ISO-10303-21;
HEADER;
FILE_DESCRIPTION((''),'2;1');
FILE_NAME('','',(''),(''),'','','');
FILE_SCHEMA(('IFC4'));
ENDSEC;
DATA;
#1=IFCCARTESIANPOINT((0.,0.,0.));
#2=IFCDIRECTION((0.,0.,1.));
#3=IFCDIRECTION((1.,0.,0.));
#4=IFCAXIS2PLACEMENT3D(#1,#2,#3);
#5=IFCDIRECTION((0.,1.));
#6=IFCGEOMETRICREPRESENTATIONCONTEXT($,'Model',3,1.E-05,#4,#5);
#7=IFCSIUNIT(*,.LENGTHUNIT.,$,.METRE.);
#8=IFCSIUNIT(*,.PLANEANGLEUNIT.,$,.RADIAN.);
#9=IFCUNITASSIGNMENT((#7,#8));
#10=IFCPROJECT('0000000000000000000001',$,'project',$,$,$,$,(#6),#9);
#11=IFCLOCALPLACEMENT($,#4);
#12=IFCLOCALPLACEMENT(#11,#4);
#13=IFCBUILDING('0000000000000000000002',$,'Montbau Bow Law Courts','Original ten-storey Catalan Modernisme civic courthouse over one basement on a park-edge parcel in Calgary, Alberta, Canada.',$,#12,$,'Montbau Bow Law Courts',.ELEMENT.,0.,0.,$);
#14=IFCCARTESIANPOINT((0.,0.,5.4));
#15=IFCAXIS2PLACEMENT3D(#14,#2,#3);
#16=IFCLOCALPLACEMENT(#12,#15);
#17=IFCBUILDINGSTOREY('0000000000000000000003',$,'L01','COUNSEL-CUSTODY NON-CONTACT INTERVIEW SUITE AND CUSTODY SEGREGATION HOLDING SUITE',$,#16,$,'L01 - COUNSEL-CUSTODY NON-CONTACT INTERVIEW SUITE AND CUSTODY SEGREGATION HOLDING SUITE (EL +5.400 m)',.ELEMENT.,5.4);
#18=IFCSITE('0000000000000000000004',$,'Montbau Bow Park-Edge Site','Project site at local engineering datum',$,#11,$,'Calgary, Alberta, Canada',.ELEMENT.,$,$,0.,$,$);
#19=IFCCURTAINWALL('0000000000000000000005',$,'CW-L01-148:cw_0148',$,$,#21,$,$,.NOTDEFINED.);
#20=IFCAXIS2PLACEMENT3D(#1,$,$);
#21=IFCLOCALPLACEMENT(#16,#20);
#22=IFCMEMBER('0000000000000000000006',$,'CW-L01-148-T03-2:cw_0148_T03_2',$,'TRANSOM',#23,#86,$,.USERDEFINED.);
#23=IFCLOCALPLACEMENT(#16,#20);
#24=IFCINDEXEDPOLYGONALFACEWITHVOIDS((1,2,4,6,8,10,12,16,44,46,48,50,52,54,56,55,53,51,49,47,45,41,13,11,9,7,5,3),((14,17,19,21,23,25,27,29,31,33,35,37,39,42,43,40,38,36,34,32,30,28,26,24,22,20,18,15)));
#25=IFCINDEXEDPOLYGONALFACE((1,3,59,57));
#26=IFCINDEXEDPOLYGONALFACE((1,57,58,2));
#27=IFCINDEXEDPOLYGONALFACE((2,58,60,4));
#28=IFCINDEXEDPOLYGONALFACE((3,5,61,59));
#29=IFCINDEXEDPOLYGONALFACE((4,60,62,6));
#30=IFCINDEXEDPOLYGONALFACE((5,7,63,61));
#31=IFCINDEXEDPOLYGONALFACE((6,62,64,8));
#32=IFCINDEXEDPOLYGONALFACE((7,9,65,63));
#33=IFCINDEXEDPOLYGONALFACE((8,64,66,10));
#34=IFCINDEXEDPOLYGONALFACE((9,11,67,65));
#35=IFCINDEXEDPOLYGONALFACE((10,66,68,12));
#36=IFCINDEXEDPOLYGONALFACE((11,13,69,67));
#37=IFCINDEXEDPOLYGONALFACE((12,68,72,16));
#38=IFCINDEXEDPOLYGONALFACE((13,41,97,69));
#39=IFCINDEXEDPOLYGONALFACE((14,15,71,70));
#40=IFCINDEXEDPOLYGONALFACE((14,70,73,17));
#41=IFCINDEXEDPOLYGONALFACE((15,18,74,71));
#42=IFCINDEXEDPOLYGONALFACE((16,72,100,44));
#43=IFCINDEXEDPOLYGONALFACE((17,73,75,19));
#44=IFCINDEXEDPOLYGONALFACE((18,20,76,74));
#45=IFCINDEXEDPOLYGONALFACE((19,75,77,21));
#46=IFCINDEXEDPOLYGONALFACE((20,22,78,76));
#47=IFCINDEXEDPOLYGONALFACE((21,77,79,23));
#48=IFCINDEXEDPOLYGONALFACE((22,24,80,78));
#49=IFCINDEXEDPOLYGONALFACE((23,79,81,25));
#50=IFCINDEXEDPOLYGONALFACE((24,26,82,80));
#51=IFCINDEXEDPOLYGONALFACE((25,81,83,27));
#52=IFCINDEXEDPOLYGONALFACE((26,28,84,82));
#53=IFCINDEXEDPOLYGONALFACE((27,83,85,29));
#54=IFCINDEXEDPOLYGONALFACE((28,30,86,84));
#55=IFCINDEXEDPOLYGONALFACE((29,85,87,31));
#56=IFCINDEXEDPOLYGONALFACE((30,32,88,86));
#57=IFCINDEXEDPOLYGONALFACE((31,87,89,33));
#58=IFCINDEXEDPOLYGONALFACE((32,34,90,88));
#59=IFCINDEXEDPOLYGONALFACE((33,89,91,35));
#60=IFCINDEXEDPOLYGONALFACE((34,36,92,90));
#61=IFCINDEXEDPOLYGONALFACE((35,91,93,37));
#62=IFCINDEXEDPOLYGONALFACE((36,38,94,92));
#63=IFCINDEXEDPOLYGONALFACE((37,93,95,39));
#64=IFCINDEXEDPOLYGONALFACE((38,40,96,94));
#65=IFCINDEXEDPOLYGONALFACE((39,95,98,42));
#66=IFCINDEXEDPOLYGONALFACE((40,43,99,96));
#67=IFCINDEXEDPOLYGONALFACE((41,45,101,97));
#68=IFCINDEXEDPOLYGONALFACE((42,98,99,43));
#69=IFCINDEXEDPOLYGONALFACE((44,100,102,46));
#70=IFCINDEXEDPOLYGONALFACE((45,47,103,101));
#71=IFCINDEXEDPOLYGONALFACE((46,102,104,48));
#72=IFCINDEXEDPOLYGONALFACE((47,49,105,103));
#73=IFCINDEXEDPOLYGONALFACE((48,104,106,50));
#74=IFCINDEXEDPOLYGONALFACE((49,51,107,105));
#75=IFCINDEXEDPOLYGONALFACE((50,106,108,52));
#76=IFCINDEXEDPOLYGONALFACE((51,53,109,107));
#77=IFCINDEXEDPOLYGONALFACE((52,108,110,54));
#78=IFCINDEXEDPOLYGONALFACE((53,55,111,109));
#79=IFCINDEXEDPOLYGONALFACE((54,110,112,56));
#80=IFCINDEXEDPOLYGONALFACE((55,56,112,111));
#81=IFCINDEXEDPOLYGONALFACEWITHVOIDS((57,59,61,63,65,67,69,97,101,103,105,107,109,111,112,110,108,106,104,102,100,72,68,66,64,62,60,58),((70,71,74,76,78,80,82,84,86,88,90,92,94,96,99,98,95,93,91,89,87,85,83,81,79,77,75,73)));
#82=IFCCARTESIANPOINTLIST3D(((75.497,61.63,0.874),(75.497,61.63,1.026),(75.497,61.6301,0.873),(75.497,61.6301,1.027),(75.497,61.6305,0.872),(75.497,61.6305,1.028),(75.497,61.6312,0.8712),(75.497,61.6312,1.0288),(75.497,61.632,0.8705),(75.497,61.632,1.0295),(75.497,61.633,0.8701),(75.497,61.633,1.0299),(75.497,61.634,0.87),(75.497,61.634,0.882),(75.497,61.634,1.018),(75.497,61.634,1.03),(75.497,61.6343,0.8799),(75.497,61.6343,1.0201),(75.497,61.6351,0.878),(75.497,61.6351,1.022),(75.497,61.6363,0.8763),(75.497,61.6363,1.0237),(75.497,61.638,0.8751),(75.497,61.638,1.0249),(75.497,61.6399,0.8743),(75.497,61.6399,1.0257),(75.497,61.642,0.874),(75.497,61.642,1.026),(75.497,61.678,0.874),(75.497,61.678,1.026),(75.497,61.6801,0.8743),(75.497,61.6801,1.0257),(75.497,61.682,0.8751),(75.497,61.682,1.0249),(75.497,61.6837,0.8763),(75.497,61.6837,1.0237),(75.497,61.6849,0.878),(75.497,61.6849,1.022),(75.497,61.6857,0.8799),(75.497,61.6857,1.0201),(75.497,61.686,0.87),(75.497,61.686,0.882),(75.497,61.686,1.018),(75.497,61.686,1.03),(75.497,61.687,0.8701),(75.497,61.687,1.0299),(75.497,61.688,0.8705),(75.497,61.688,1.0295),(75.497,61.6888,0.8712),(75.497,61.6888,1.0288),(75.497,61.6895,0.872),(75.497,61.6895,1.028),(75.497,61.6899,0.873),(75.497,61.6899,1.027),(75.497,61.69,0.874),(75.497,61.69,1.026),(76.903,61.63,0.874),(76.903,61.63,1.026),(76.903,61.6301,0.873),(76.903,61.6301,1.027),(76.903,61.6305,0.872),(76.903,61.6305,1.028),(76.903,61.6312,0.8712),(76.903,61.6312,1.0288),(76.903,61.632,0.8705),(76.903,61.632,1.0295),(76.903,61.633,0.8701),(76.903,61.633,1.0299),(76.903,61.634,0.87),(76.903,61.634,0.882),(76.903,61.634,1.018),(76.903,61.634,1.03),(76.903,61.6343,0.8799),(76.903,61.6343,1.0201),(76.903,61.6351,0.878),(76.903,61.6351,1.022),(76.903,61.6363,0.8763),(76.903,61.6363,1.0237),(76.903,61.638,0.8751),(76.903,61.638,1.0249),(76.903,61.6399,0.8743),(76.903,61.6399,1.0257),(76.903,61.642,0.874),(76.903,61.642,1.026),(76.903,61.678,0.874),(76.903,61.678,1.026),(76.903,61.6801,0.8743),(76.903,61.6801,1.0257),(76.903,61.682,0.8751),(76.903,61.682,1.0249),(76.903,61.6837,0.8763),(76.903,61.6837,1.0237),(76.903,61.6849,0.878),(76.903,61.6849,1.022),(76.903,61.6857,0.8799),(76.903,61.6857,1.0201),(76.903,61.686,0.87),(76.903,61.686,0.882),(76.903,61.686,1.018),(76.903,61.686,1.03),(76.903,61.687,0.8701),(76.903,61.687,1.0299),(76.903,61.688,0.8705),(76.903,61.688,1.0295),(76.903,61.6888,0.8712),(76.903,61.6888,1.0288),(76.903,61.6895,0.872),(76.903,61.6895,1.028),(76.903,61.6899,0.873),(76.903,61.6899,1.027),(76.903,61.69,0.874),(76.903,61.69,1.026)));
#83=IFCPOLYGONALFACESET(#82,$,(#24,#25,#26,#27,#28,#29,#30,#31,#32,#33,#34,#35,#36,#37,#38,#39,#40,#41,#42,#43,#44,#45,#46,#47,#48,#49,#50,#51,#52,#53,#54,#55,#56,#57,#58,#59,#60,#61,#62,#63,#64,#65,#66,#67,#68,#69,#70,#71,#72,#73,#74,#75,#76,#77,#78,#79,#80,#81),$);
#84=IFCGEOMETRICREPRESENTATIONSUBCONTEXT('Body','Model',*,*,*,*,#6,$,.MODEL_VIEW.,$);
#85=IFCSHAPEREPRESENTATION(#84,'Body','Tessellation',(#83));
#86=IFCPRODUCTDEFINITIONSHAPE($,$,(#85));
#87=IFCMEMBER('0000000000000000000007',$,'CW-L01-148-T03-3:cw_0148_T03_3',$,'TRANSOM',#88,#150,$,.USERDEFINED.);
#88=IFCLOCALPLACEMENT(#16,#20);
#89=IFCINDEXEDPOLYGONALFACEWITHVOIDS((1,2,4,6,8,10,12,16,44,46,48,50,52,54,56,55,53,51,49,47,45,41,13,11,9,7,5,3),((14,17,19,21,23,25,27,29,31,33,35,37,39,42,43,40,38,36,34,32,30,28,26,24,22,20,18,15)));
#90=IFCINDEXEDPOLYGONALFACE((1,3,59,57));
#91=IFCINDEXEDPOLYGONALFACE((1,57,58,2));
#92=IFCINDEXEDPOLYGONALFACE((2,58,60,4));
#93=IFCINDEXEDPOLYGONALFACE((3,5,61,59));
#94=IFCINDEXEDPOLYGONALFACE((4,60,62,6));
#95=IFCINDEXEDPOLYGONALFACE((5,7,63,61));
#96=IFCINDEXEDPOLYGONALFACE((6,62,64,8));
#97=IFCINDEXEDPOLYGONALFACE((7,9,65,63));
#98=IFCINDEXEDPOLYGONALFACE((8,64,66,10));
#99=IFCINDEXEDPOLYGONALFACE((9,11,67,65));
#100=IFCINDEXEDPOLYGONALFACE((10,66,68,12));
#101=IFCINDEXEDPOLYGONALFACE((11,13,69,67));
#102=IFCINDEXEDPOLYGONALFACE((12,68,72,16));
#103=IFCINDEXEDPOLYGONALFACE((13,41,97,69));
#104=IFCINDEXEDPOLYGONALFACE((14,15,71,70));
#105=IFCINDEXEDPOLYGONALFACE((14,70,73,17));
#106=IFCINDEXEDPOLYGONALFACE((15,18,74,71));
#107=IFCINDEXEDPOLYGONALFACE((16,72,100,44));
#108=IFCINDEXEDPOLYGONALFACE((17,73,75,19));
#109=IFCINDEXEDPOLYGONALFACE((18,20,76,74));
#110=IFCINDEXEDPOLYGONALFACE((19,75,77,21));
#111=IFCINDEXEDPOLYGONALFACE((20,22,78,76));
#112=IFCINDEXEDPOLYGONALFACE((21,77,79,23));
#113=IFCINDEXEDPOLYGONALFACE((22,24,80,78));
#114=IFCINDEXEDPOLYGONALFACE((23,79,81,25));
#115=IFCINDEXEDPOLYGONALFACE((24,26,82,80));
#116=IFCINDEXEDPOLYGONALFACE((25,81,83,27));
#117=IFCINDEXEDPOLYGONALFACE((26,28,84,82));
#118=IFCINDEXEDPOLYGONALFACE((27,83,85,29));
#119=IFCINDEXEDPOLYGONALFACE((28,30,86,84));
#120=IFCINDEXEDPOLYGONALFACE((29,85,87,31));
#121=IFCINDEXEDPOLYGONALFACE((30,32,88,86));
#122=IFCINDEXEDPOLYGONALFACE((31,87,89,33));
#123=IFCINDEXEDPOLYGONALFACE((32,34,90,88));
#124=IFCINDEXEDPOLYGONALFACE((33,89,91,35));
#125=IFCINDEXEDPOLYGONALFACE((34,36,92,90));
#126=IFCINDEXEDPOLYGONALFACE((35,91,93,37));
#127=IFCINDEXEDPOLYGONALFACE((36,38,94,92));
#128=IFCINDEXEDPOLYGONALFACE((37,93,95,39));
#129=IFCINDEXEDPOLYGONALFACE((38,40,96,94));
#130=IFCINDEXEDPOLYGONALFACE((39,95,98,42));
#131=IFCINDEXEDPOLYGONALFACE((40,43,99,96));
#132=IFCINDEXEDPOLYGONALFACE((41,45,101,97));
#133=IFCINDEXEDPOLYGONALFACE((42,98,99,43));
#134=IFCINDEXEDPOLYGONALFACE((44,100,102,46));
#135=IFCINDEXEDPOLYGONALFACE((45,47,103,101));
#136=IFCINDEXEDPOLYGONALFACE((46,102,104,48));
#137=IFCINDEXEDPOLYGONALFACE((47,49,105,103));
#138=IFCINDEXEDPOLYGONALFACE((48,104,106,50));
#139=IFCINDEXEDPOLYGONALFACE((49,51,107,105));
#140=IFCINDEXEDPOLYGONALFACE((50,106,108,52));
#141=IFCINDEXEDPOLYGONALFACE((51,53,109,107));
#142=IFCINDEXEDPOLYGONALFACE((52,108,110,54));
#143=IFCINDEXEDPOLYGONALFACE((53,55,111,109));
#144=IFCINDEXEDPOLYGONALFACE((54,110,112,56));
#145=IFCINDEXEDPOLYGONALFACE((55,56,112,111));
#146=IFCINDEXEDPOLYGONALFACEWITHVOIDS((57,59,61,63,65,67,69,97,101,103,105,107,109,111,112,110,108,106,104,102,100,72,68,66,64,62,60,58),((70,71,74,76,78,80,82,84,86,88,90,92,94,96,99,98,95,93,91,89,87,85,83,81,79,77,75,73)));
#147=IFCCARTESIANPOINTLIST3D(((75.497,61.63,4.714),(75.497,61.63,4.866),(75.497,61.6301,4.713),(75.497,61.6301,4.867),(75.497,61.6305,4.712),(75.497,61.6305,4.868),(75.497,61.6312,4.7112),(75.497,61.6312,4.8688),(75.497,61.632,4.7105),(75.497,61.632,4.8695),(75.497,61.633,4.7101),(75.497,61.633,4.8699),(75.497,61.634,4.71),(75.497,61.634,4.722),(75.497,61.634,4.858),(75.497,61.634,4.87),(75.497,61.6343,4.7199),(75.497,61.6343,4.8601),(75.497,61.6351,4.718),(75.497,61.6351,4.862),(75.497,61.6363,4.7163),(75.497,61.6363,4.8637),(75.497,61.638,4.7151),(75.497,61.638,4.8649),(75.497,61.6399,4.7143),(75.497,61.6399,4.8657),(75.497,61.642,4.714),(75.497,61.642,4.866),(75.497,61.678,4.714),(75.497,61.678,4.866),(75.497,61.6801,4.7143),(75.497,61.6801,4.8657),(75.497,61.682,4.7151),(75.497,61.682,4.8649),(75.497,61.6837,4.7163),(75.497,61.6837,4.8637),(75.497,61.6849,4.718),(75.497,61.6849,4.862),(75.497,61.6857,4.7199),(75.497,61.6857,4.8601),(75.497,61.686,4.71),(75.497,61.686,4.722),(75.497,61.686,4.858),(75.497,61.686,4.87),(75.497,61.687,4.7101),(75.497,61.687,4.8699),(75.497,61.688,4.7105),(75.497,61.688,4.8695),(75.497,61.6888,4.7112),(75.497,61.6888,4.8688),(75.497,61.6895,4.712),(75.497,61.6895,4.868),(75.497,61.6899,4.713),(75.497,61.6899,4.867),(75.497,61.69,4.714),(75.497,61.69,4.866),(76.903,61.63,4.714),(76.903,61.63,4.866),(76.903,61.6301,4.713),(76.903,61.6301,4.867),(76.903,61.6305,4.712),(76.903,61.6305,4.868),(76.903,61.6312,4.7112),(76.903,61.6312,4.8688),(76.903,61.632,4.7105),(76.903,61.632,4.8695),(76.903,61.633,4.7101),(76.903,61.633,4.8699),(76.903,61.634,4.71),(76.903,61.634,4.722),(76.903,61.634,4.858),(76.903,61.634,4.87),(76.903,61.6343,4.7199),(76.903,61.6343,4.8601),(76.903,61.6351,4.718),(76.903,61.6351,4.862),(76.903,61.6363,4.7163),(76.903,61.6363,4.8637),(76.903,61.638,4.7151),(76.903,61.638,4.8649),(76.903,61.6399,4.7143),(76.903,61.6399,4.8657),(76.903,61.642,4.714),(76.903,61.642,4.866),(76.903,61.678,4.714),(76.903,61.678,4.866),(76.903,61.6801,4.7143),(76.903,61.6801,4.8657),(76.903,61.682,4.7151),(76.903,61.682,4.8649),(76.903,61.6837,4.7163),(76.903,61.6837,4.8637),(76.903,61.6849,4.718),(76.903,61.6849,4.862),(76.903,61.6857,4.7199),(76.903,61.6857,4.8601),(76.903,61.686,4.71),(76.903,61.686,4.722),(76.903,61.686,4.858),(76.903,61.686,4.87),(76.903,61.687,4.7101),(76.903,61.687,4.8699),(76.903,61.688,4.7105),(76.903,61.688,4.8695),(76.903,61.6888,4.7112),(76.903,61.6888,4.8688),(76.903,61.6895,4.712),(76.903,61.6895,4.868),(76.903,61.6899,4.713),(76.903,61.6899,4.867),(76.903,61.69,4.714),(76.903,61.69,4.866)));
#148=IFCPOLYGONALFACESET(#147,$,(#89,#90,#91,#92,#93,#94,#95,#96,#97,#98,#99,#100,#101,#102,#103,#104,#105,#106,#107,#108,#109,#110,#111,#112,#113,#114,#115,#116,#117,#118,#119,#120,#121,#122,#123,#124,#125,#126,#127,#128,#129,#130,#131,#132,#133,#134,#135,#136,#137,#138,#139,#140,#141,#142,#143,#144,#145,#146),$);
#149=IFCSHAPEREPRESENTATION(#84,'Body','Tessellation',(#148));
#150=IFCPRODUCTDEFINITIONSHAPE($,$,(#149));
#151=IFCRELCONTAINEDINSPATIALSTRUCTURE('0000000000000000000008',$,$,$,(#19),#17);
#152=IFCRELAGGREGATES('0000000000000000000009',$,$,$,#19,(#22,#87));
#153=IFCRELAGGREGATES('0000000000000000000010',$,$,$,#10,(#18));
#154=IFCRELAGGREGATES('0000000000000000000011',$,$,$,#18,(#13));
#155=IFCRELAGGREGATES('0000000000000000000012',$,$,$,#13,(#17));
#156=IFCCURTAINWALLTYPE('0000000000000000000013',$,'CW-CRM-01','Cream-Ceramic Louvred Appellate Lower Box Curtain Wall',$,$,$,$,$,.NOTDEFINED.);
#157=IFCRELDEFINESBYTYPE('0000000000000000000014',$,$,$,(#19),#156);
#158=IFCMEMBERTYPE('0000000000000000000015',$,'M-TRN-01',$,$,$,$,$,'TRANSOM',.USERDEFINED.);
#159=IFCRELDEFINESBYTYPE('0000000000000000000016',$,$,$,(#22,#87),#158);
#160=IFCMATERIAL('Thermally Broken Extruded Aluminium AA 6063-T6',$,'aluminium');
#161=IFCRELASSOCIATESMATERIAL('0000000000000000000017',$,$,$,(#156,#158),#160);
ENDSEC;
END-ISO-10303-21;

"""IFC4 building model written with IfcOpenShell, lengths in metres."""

from ifc_helpers import new_model, si_unit, direction, frame, origin_with_axes, origin_2d_with_axis, place, context, subcontext, project, spatial, hollow_rectangle, extrude, material, material_profile, profile_set, type_object, element, aggregate, save


model = new_model("IFC4")

# Units and contexts
model_context = context("Model", 3, precision=1e-05, world=origin_with_axes(), true_north=direction((0.0, 1.0)))
body_context = subcontext(model_context, "Body", "Model", "MODEL_VIEW")
ifc_project = project(units=[si_unit("LENGTHUNIT", "METRE"), si_unit("PLANEANGLEUNIT", "RADIAN")], contexts=[model_context])

# Site, building, storey
site_placement = place(None, origin_with_axes())
site = spatial("IfcSite", under=ifc_project, at=site_placement, Name="Montbau Bow Park-Edge Site", Description="Project site at local engineering datum", LongName="Calgary, Alberta, Canada", CompositionType="ELEMENT", RefElevation=0.0)
building_placement = place(site_placement, origin_with_axes())
building = spatial("IfcBuilding", under=site, at=building_placement, Name="Montbau Bow Law Courts", Description="Original ten-storey Catalan Modernisme civic courthouse over one basement on a park-edge parcel in Calgary, Alberta, Canada.", LongName="Montbau Bow Law Courts", CompositionType="ELEMENT", ElevationOfRefHeight=0.0, ElevationOfTerrain=0.0)
storey_placement = place(building_placement, frame((0.0, 0.0, 5.4), z_axis=(0.0, 0.0, 1.0), x_axis=(1.0, 0.0, 0.0)))
storey = spatial("IfcBuildingStorey", under=building, at=storey_placement, Name="L01", Description="COUNSEL-CUSTODY NON-CONTACT INTERVIEW SUITE AND CUSTODY SEGREGATION HOLDING SUITE", LongName="L01 - COUNSEL-CUSTODY NON-CONTACT INTERVIEW SUITE AND CUSTODY SEGREGATION HOLDING SUITE (EL +5.400 m)", CompositionType="ELEMENT", Elevation=5.4)

# Curtain wall, members
ifc_material_1 = material(Name="Thermally Broken Extruded Aluminium AA 6063-T6", Category="aluminium")
curtain_wall_type = type_object("IfcCurtainWallType", Name="CW-CRM-01", Description="Cream-Ceramic Louvred Appellate Lower Box Curtain Wall", PredefinedType="NOTDEFINED", material=ifc_material_1)
curtain_wall_placement = place(None, frame((72.515, 61.66, 5.4), z_axis=(0.0, 0.0, 1.0), x_axis=(1.0, 0.0, 0.0)))
curtain_wall = element("IfcCurtainWall", 1, at=curtain_wall_placement, inside=storey, type_object=curtain_wall_type, Name="CW-L01-148:cw_0148", PredefinedType="NOTDEFINED")
ifc_material_profile_1 = material_profile(ifc_material_1, hollow_rectangle(XDim=0.06, YDim=0.16, WallThickness=0.004, InnerFilletRadius=0.008, OuterFilletRadius=0.004, at=origin_2d_with_axis()), Name="CWT-160X60", Category="Main", Priority=0)
ifc_profile_set_1 = profile_set([ifc_material_profile_1], Name="Thermally Broken Extruded Aluminium AA 6063-T6")
member_type_1 = type_object("IfcMemberType", Name="M-TRN-01", ElementType="TRANSOM", PredefinedType="USERDEFINED", material=ifc_profile_set_1)
member_1_placement = place(None, frame((75.497, 61.66, 6.35), z_axis=(1.0, 0.0, 0.0), x_axis=(0.0, 1.0, 0.0)))
member_1 = element("IfcMember", 2, at=member_1_placement, type_object=member_type_1, Name="CW-L01-148-T03-2:cw_0148_T03_2", ObjectType="TRANSOM", PredefinedType="USERDEFINED", context=body_context, shape_type="SweptSolid", body=[
    extrude(hollow_rectangle(XDim=0.06, YDim=0.16, WallThickness=0.004, InnerFilletRadius=0.008, OuterFilletRadius=0.004, at=origin_2d_with_axis()), origin_with_axes(), (0.0, 0.0, 1.0), 1.406),
])
member_2_placement = place(None, frame((75.497, 61.66, 10.19), z_axis=(1.0, 0.0, 0.0), x_axis=(0.0, 1.0, 0.0)))
member_2 = element("IfcMember", 3, at=member_2_placement, type_object=member_type_1, Name="CW-L01-148-T03-3:cw_0148_T03_3", ObjectType="TRANSOM", PredefinedType="USERDEFINED", context=body_context, shape_type="SweptSolid", body=[
    extrude(hollow_rectangle(XDim=0.06, YDim=0.16, WallThickness=0.004, InnerFilletRadius=0.008, OuterFilletRadius=0.004, at=origin_2d_with_axis()), origin_with_axes(), (0.0, 0.0, 1.0), 1.406),
])
aggregate(curtain_wall, [member_1, member_2])

save(model, "model.ifc")
